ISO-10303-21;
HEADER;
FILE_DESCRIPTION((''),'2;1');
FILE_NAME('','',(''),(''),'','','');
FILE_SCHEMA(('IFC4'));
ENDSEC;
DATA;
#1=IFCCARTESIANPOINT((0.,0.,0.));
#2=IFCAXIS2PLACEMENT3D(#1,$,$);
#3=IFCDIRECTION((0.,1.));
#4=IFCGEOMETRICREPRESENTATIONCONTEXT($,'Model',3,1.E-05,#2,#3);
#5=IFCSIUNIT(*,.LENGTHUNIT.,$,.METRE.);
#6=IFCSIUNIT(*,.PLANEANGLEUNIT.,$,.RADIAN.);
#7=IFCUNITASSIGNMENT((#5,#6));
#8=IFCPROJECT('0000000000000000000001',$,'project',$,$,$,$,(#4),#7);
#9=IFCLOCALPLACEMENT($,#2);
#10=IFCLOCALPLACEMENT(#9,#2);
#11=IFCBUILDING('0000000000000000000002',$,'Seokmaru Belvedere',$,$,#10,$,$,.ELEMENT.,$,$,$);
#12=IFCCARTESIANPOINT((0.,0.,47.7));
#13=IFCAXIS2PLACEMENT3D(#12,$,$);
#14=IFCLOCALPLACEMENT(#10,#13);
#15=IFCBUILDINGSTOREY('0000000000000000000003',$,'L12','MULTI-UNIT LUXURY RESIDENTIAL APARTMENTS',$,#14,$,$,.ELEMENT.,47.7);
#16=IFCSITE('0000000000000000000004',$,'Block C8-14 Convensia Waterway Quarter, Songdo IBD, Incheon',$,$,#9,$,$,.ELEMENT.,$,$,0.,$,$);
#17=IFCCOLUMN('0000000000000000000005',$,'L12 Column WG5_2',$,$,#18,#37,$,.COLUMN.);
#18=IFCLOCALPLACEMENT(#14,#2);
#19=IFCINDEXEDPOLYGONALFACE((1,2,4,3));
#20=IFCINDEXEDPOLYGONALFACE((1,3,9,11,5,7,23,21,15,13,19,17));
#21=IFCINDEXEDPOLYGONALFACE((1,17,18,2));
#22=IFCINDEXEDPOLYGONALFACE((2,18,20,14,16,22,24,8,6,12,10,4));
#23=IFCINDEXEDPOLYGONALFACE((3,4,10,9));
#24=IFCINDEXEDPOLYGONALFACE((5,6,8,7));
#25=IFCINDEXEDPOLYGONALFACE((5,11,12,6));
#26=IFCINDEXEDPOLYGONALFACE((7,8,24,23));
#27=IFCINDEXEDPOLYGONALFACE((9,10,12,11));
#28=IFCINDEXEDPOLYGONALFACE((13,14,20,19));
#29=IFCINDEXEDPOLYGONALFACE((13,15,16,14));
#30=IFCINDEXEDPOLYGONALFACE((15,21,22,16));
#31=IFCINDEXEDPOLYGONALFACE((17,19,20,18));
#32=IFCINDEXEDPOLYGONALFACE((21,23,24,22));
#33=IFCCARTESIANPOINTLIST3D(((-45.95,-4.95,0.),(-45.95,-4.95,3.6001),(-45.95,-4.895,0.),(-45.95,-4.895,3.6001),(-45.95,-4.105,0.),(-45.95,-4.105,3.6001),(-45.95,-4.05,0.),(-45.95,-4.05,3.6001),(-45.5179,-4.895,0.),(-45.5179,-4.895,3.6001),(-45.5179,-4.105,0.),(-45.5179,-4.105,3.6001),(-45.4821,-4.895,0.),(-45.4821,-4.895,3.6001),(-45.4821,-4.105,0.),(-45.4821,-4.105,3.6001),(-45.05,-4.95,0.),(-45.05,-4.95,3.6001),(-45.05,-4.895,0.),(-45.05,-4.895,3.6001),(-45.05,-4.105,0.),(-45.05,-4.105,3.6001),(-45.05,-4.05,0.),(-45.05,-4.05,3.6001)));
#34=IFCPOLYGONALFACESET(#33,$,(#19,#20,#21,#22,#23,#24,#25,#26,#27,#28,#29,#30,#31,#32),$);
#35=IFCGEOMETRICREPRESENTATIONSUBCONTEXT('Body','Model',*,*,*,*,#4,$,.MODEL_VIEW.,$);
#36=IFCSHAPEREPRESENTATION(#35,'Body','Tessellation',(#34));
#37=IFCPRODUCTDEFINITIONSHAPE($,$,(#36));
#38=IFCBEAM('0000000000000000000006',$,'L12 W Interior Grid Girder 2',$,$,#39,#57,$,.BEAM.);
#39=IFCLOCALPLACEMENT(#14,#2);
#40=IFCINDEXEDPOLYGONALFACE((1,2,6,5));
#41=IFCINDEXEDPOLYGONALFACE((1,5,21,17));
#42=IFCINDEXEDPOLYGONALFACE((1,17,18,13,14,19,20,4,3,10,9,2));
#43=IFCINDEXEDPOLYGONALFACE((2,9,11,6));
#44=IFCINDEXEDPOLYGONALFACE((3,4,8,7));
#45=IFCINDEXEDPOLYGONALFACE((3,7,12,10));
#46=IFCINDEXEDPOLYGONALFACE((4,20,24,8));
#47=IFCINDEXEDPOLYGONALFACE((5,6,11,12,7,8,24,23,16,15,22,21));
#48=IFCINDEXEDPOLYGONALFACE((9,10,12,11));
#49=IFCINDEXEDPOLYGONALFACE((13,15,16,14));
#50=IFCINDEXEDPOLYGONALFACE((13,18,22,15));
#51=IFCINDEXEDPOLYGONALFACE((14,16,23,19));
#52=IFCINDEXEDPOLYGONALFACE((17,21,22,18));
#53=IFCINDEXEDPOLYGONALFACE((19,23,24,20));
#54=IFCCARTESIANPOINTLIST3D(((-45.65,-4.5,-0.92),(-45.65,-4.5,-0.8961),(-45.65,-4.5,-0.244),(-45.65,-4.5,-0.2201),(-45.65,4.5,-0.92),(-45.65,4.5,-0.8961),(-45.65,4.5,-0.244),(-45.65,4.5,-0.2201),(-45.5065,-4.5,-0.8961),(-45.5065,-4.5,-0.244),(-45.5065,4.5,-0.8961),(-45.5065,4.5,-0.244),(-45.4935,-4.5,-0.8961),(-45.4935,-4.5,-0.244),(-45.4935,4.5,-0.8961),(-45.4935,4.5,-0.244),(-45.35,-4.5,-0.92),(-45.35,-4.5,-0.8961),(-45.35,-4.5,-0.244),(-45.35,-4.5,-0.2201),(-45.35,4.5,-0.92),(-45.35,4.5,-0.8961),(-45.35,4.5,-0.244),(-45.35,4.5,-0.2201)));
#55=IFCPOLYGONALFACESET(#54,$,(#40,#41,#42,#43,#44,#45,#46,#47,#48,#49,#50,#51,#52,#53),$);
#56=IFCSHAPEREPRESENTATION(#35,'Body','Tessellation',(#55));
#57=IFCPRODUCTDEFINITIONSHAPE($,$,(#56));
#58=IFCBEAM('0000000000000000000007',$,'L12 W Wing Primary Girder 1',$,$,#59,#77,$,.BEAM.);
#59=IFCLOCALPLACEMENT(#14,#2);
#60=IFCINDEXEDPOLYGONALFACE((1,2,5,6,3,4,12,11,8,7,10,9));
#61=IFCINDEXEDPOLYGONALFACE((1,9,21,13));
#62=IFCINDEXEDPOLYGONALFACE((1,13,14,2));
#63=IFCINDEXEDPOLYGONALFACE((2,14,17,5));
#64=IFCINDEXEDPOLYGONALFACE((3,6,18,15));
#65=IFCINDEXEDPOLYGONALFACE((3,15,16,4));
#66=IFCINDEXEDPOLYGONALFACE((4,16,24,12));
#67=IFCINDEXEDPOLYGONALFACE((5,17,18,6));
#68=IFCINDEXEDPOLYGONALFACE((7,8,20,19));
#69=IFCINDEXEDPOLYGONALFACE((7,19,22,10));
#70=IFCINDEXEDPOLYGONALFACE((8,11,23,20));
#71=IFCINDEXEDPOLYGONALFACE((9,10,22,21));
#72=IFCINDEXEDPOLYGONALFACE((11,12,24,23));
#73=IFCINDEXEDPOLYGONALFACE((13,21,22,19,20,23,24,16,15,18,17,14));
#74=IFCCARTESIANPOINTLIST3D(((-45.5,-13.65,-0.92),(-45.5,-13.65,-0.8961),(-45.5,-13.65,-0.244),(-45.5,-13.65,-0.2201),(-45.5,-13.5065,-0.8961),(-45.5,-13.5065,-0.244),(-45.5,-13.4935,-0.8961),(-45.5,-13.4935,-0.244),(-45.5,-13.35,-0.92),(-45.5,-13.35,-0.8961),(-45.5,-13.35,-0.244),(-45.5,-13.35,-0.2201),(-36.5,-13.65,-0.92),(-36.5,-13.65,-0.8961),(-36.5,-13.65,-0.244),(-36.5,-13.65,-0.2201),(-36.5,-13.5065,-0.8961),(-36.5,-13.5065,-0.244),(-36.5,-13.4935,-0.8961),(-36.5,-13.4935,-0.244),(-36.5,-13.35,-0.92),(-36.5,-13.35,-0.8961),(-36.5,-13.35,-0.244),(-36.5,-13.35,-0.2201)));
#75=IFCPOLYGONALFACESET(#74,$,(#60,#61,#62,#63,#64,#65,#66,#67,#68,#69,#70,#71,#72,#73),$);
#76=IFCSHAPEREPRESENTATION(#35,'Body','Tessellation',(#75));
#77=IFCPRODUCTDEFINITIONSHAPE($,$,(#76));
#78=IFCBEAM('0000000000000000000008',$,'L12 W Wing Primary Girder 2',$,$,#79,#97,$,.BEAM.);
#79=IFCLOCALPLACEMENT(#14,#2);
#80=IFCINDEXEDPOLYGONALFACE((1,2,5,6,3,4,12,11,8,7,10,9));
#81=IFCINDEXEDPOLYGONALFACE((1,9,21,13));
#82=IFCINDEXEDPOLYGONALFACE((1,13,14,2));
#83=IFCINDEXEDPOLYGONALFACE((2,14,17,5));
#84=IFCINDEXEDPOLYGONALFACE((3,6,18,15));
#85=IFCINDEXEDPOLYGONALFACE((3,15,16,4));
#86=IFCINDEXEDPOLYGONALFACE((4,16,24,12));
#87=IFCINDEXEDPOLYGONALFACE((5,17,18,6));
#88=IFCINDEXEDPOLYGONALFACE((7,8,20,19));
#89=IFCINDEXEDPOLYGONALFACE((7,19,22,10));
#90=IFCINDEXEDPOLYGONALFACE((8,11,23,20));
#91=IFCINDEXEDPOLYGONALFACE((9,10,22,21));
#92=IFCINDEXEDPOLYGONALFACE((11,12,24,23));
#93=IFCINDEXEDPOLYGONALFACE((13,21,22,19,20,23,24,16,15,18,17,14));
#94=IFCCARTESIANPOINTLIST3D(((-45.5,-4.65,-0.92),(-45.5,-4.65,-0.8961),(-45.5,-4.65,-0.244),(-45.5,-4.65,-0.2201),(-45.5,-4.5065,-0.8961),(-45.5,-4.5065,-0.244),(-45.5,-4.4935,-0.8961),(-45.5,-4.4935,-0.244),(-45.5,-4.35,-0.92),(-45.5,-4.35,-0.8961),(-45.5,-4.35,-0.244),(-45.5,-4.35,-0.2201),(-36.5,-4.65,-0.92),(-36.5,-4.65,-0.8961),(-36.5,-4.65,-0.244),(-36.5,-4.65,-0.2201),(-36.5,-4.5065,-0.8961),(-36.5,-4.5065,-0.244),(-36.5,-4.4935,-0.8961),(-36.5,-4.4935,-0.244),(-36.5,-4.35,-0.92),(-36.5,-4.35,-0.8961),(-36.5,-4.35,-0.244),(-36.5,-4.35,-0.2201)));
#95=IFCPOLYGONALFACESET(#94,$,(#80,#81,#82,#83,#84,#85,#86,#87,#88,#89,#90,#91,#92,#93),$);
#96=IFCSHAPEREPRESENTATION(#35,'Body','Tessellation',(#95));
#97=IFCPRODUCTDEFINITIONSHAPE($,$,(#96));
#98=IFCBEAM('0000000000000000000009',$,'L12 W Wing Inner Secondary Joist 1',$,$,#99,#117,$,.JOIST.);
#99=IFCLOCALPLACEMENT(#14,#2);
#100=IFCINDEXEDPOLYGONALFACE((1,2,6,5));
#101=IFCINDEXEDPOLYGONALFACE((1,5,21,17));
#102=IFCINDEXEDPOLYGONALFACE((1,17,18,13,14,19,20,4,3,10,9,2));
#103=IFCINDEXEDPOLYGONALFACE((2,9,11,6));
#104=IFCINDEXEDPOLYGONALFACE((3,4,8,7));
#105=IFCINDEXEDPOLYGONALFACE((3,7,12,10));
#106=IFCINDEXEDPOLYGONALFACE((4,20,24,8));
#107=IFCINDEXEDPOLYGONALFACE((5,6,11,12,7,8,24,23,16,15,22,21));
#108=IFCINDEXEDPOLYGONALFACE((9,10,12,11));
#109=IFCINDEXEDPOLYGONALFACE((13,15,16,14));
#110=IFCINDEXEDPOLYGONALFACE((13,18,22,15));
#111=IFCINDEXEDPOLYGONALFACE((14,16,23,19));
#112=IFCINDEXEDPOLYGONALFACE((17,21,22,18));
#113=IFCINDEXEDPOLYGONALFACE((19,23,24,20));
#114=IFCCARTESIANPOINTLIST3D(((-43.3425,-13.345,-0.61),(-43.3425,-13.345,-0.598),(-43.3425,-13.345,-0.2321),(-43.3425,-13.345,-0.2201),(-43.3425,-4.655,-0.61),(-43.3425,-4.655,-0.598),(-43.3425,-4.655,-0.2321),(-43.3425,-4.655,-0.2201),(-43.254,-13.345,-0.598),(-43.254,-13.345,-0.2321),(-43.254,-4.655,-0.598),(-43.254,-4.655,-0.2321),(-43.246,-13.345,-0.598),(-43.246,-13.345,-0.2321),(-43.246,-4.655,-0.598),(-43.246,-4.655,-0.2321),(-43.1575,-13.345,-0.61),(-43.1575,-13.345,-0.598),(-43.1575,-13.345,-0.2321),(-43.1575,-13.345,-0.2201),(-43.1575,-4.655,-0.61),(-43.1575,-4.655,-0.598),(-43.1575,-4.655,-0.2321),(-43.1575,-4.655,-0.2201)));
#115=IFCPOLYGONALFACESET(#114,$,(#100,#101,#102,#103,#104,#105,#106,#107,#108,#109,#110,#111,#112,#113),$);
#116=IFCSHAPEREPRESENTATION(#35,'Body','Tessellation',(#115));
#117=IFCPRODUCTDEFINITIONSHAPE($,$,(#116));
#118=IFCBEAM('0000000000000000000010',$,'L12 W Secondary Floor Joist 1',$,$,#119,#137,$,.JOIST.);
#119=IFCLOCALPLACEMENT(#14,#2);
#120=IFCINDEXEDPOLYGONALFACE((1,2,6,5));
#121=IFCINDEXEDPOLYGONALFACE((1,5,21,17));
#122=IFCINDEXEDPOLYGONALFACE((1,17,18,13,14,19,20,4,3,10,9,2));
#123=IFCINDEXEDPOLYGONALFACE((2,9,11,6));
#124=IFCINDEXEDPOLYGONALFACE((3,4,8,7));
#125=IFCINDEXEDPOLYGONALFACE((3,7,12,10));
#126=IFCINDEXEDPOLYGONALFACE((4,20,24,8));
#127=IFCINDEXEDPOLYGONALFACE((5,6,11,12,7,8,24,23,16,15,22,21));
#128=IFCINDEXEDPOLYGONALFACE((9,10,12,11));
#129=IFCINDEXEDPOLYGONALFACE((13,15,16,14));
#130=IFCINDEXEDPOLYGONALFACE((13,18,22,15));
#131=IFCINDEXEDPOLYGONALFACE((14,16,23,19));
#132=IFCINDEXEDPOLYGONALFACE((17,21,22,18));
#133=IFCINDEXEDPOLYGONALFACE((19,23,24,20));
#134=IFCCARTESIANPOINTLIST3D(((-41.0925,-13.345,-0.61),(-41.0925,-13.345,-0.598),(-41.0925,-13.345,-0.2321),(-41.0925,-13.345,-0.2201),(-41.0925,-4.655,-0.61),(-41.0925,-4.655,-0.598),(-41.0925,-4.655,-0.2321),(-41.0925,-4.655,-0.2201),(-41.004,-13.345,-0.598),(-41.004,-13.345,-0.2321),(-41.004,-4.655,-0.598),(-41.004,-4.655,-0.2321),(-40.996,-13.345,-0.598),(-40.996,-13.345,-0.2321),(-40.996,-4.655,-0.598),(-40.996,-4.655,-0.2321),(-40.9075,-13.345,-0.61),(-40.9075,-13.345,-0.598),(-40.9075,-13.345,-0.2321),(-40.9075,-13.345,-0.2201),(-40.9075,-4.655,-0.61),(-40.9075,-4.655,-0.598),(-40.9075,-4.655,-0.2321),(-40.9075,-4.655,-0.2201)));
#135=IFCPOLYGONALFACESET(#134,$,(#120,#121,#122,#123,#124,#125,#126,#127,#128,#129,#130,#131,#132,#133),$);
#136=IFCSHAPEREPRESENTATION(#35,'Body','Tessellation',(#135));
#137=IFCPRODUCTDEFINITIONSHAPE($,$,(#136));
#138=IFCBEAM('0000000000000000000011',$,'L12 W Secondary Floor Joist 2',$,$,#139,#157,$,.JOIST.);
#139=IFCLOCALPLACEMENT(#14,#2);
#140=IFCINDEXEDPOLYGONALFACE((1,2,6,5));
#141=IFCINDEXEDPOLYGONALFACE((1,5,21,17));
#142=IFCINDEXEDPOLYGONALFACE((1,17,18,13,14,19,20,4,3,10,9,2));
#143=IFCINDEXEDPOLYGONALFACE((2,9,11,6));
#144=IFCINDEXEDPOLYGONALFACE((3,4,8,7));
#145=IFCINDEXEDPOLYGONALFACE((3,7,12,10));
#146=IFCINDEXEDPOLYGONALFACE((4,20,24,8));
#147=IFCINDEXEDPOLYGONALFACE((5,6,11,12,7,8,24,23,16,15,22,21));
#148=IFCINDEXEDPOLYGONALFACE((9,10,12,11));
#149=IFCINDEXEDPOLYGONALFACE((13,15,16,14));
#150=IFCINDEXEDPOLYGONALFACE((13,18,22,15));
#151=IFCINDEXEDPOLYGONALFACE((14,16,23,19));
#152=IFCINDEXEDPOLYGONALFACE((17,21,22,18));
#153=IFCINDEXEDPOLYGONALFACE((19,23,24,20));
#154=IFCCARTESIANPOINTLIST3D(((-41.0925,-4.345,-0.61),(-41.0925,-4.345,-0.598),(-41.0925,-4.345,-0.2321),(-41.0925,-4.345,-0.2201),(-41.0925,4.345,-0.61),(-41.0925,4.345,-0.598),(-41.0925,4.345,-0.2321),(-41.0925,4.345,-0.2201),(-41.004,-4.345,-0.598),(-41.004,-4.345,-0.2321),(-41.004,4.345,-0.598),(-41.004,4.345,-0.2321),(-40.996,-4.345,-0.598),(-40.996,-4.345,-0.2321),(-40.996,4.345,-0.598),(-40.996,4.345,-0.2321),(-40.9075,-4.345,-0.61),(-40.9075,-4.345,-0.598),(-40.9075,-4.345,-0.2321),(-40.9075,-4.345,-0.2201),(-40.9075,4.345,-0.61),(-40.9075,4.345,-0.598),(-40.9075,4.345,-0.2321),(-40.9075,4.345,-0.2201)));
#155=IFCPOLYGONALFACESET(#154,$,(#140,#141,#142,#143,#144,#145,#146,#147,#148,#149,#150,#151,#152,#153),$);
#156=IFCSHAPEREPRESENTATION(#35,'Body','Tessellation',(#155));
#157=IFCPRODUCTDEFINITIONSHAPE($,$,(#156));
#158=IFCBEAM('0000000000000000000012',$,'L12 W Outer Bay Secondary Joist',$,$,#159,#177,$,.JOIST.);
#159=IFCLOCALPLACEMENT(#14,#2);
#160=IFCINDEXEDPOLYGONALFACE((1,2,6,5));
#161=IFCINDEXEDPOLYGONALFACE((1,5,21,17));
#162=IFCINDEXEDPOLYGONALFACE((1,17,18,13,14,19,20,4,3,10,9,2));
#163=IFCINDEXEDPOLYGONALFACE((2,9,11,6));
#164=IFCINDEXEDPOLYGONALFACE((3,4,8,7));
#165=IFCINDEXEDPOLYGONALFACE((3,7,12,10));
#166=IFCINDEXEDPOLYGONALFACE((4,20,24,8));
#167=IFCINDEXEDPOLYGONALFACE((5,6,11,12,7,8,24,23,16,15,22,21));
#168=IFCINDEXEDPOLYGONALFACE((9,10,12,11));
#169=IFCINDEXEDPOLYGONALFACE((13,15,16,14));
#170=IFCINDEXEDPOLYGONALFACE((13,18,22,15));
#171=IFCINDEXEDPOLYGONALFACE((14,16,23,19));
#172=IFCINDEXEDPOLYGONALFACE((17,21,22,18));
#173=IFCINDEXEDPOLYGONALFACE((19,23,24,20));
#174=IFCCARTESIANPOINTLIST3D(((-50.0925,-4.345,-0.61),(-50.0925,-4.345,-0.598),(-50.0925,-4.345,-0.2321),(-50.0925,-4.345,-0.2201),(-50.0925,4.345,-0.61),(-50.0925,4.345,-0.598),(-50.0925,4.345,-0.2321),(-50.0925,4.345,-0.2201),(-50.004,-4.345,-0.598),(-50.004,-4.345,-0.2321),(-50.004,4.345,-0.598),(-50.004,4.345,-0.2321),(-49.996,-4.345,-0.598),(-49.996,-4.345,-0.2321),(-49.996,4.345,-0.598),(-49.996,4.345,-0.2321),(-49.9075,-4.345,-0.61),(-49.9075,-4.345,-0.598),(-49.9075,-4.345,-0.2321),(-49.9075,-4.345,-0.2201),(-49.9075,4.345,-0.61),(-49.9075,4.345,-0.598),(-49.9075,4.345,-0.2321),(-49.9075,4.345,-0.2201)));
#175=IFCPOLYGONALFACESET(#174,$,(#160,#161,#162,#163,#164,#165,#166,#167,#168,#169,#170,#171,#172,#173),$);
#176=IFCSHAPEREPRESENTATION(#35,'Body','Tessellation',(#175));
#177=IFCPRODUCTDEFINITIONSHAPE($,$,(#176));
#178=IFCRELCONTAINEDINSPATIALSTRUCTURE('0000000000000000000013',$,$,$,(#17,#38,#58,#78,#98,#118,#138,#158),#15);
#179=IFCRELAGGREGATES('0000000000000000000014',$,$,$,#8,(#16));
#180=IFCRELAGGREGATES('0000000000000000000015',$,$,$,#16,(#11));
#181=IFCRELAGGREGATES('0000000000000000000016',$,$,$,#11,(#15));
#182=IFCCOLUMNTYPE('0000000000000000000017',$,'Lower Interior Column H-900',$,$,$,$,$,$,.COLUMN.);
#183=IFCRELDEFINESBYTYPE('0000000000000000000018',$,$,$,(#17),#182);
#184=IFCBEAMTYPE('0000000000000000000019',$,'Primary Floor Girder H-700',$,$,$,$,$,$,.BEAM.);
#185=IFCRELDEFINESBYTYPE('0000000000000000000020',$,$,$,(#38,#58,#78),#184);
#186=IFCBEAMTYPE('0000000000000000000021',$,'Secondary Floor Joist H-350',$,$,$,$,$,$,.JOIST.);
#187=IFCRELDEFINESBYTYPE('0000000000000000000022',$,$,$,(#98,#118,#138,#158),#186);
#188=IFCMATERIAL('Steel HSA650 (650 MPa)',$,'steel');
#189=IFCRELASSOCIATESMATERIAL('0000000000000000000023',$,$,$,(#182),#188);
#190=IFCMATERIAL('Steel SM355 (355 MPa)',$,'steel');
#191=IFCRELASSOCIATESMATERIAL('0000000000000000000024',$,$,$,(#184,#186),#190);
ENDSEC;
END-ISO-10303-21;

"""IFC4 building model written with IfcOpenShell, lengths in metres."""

from ifc_helpers import new_model, si_unit, direction, frame, origin, origin_2d, place, context, subcontext, project, spatial, i_section, extrude, source, transform, mapped, material, material_profile, profile_set, type_object, type_shapes, element, save


model = new_model("IFC4")

# Units and contexts
model_context = context("Model", 3, precision=1e-05, world=origin(), true_north=direction((0.0, 1.0)))
body_context = subcontext(model_context, "Body", "Model", "MODEL_VIEW")
ifc_project = project(units=[si_unit("LENGTHUNIT", "METRE"), si_unit("PLANEANGLEUNIT", "RADIAN")], contexts=[model_context])

# Site, building, storey
site_placement = place(None, origin())
site = spatial("IfcSite", under=ifc_project, at=site_placement, Name="Block C8-14 Convensia Waterway Quarter, Songdo IBD, Incheon", CompositionType="ELEMENT", RefElevation=0.0)
building_placement = place(site_placement, origin())
building = spatial("IfcBuilding", under=site, at=building_placement, Name="Seokmaru Belvedere", CompositionType="ELEMENT")
storey_placement = place(building_placement, frame((0.0, 0.0, 47.7)))
storey = spatial("IfcBuildingStorey", under=building, at=storey_placement, Name="L12", Description="MULTI-UNIT LUXURY RESIDENTIAL APARTMENTS", CompositionType="ELEMENT", Elevation=47.7)

# Column
ifc_material_1 = material(Name="Steel HSA650 (650 MPa)", Category="steel")
ifc_material_profile_1 = material_profile(ifc_material_1, i_section(OverallWidth=0.8999, OverallDepth=0.8999, WebThickness=0.0359, FlangeThickness=0.0549, at=origin_2d()), Name="H-900x900x36x55")
ifc_profile_set_1 = profile_set([ifc_material_profile_1], Name="Steel HSA650 (650 MPa)")
column_type = type_object("IfcColumnType", Name="Lower Interior Column H-900", PredefinedType="COLUMN", material=ifc_profile_set_1)
shared_shape_1 = source(origin(), body_context, "Body", "SweptSolid", [
    extrude(i_section(OverallWidth=0.8999, OverallDepth=0.8999, WebThickness=0.0359, FlangeThickness=0.0549, at=origin_2d()), origin(), (0.0, 0.0, 1.0), 3.6001),
])
type_shapes(column_type, [shared_shape_1])
column_placement = place(storey_placement, frame((-45.5, -4.5, 0.0), z_axis=(0.0, 0.0, 1.0), x_axis=(1.0, 0.0, 0.0)))
element("IfcColumn", 1, at=column_placement, inside=storey, type_object=column_type, Name="L12 Column WG5_2", PredefinedType="COLUMN", context=body_context, shape_type="MappedRepresentation", body=[
    mapped(shared_shape_1, transform((0.0, 0.0, 0.0), scale=1.0)),
])

# Beams
ifc_material_2 = material(Name="Steel SM355 (355 MPa)", Category="steel")
ifc_material_profile_2 = material_profile(ifc_material_2, i_section(OverallWidth=0.3, OverallDepth=0.7, WebThickness=0.0129, FlangeThickness=0.0239, at=origin_2d()), Name="H-700x300x13x24")
ifc_profile_set_2 = profile_set([ifc_material_profile_2], Name="Steel SM355 (355 MPa)")
beam_type_1 = type_object("IfcBeamType", Name="Primary Floor Girder H-700", PredefinedType="BEAM", material=ifc_profile_set_2)
shared_shape_2 = source(origin(), body_context, "Body", "SweptSolid", [
    extrude(i_section(OverallWidth=0.3, OverallDepth=0.7, WebThickness=0.0129, FlangeThickness=0.0239, at=origin_2d()), origin(), (0.0, 0.0, 1.0), 9.0),
])
type_shapes(beam_type_1, [shared_shape_2])
for number, where, z_axis, x_axis, name in (
    (2, (-45.5, -4.5, -0.5701), (0.0, 1.0, 0.0), (-1.0, 0.0, 0.0), "L12 W Interior Grid Girder 2"),
    (3, (-45.5, -13.5, -0.5701), (1.0, 0.0, 0.0), (0.0, 1.0, 0.0), "L12 W Wing Primary Girder 1"),
    (4, (-45.5, -4.5, -0.5701), (1.0, 0.0, 0.0), (0.0, 1.0, 0.0), "L12 W Wing Primary Girder 2"),
):
    element("IfcBeam", number, at=place(storey_placement, frame(where, z_axis=z_axis, x_axis=x_axis)), inside=storey, type_object=beam_type_1, Name=name, PredefinedType="BEAM", context=body_context, shape_type="MappedRepresentation", body=[
        mapped(shared_shape_2, transform((0.0, 0.0, 0.0), scale=1.0)),
    ])
ifc_material_profile_3 = material_profile(ifc_material_2, i_section(OverallWidth=0.1851, OverallDepth=0.3899, WebThickness=0.0081, FlangeThickness=0.012, at=origin_2d()), Name="H-390x185x8x12")
ifc_profile_set_3 = profile_set([ifc_material_profile_3], Name="Steel SM355 (355 MPa)")
beam_type_2 = type_object("IfcBeamType", Name="Secondary Floor Joist H-350", PredefinedType="JOIST", material=ifc_profile_set_3)
shared_shape_3 = source(origin(), body_context, "Body", "SweptSolid", [
    extrude(i_section(OverallWidth=0.1851, OverallDepth=0.3899, WebThickness=0.0081, FlangeThickness=0.012, at=origin_2d()), origin(), (0.0, 0.0, 1.0), 8.6899),
])
type_shapes(beam_type_2, [shared_shape_3])
for number, where, z_axis, x_axis, name in (
    (5, (-43.25, -13.345, -0.415), (0.0, 1.0, 0.0), (-1.0, 0.0, 0.0), "L12 W Wing Inner Secondary Joist 1"),
    (6, (-41.0, -13.345, -0.415), (0.0, 1.0, 0.0), (-1.0, 0.0, 0.0), "L12 W Secondary Floor Joist 1"),
    (7, (-41.0, -4.345, -0.415), (0.0, 1.0, 0.0), (-1.0, 0.0, 0.0), "L12 W Secondary Floor Joist 2"),
    (8, (-50.0, -4.345, -0.415), (0.0, 1.0, 0.0), (-1.0, 0.0, 0.0), "L12 W Outer Bay Secondary Joist"),
):
    element("IfcBeam", number, at=place(storey_placement, frame(where, z_axis=z_axis, x_axis=x_axis)), inside=storey, type_object=beam_type_2, Name=name, PredefinedType="JOIST", context=body_context, shape_type="MappedRepresentation", body=[
        mapped(shared_shape_3, transform((0.0, 0.0, 0.0), scale=1.0)),
    ])

save(model, "model.ifc")
